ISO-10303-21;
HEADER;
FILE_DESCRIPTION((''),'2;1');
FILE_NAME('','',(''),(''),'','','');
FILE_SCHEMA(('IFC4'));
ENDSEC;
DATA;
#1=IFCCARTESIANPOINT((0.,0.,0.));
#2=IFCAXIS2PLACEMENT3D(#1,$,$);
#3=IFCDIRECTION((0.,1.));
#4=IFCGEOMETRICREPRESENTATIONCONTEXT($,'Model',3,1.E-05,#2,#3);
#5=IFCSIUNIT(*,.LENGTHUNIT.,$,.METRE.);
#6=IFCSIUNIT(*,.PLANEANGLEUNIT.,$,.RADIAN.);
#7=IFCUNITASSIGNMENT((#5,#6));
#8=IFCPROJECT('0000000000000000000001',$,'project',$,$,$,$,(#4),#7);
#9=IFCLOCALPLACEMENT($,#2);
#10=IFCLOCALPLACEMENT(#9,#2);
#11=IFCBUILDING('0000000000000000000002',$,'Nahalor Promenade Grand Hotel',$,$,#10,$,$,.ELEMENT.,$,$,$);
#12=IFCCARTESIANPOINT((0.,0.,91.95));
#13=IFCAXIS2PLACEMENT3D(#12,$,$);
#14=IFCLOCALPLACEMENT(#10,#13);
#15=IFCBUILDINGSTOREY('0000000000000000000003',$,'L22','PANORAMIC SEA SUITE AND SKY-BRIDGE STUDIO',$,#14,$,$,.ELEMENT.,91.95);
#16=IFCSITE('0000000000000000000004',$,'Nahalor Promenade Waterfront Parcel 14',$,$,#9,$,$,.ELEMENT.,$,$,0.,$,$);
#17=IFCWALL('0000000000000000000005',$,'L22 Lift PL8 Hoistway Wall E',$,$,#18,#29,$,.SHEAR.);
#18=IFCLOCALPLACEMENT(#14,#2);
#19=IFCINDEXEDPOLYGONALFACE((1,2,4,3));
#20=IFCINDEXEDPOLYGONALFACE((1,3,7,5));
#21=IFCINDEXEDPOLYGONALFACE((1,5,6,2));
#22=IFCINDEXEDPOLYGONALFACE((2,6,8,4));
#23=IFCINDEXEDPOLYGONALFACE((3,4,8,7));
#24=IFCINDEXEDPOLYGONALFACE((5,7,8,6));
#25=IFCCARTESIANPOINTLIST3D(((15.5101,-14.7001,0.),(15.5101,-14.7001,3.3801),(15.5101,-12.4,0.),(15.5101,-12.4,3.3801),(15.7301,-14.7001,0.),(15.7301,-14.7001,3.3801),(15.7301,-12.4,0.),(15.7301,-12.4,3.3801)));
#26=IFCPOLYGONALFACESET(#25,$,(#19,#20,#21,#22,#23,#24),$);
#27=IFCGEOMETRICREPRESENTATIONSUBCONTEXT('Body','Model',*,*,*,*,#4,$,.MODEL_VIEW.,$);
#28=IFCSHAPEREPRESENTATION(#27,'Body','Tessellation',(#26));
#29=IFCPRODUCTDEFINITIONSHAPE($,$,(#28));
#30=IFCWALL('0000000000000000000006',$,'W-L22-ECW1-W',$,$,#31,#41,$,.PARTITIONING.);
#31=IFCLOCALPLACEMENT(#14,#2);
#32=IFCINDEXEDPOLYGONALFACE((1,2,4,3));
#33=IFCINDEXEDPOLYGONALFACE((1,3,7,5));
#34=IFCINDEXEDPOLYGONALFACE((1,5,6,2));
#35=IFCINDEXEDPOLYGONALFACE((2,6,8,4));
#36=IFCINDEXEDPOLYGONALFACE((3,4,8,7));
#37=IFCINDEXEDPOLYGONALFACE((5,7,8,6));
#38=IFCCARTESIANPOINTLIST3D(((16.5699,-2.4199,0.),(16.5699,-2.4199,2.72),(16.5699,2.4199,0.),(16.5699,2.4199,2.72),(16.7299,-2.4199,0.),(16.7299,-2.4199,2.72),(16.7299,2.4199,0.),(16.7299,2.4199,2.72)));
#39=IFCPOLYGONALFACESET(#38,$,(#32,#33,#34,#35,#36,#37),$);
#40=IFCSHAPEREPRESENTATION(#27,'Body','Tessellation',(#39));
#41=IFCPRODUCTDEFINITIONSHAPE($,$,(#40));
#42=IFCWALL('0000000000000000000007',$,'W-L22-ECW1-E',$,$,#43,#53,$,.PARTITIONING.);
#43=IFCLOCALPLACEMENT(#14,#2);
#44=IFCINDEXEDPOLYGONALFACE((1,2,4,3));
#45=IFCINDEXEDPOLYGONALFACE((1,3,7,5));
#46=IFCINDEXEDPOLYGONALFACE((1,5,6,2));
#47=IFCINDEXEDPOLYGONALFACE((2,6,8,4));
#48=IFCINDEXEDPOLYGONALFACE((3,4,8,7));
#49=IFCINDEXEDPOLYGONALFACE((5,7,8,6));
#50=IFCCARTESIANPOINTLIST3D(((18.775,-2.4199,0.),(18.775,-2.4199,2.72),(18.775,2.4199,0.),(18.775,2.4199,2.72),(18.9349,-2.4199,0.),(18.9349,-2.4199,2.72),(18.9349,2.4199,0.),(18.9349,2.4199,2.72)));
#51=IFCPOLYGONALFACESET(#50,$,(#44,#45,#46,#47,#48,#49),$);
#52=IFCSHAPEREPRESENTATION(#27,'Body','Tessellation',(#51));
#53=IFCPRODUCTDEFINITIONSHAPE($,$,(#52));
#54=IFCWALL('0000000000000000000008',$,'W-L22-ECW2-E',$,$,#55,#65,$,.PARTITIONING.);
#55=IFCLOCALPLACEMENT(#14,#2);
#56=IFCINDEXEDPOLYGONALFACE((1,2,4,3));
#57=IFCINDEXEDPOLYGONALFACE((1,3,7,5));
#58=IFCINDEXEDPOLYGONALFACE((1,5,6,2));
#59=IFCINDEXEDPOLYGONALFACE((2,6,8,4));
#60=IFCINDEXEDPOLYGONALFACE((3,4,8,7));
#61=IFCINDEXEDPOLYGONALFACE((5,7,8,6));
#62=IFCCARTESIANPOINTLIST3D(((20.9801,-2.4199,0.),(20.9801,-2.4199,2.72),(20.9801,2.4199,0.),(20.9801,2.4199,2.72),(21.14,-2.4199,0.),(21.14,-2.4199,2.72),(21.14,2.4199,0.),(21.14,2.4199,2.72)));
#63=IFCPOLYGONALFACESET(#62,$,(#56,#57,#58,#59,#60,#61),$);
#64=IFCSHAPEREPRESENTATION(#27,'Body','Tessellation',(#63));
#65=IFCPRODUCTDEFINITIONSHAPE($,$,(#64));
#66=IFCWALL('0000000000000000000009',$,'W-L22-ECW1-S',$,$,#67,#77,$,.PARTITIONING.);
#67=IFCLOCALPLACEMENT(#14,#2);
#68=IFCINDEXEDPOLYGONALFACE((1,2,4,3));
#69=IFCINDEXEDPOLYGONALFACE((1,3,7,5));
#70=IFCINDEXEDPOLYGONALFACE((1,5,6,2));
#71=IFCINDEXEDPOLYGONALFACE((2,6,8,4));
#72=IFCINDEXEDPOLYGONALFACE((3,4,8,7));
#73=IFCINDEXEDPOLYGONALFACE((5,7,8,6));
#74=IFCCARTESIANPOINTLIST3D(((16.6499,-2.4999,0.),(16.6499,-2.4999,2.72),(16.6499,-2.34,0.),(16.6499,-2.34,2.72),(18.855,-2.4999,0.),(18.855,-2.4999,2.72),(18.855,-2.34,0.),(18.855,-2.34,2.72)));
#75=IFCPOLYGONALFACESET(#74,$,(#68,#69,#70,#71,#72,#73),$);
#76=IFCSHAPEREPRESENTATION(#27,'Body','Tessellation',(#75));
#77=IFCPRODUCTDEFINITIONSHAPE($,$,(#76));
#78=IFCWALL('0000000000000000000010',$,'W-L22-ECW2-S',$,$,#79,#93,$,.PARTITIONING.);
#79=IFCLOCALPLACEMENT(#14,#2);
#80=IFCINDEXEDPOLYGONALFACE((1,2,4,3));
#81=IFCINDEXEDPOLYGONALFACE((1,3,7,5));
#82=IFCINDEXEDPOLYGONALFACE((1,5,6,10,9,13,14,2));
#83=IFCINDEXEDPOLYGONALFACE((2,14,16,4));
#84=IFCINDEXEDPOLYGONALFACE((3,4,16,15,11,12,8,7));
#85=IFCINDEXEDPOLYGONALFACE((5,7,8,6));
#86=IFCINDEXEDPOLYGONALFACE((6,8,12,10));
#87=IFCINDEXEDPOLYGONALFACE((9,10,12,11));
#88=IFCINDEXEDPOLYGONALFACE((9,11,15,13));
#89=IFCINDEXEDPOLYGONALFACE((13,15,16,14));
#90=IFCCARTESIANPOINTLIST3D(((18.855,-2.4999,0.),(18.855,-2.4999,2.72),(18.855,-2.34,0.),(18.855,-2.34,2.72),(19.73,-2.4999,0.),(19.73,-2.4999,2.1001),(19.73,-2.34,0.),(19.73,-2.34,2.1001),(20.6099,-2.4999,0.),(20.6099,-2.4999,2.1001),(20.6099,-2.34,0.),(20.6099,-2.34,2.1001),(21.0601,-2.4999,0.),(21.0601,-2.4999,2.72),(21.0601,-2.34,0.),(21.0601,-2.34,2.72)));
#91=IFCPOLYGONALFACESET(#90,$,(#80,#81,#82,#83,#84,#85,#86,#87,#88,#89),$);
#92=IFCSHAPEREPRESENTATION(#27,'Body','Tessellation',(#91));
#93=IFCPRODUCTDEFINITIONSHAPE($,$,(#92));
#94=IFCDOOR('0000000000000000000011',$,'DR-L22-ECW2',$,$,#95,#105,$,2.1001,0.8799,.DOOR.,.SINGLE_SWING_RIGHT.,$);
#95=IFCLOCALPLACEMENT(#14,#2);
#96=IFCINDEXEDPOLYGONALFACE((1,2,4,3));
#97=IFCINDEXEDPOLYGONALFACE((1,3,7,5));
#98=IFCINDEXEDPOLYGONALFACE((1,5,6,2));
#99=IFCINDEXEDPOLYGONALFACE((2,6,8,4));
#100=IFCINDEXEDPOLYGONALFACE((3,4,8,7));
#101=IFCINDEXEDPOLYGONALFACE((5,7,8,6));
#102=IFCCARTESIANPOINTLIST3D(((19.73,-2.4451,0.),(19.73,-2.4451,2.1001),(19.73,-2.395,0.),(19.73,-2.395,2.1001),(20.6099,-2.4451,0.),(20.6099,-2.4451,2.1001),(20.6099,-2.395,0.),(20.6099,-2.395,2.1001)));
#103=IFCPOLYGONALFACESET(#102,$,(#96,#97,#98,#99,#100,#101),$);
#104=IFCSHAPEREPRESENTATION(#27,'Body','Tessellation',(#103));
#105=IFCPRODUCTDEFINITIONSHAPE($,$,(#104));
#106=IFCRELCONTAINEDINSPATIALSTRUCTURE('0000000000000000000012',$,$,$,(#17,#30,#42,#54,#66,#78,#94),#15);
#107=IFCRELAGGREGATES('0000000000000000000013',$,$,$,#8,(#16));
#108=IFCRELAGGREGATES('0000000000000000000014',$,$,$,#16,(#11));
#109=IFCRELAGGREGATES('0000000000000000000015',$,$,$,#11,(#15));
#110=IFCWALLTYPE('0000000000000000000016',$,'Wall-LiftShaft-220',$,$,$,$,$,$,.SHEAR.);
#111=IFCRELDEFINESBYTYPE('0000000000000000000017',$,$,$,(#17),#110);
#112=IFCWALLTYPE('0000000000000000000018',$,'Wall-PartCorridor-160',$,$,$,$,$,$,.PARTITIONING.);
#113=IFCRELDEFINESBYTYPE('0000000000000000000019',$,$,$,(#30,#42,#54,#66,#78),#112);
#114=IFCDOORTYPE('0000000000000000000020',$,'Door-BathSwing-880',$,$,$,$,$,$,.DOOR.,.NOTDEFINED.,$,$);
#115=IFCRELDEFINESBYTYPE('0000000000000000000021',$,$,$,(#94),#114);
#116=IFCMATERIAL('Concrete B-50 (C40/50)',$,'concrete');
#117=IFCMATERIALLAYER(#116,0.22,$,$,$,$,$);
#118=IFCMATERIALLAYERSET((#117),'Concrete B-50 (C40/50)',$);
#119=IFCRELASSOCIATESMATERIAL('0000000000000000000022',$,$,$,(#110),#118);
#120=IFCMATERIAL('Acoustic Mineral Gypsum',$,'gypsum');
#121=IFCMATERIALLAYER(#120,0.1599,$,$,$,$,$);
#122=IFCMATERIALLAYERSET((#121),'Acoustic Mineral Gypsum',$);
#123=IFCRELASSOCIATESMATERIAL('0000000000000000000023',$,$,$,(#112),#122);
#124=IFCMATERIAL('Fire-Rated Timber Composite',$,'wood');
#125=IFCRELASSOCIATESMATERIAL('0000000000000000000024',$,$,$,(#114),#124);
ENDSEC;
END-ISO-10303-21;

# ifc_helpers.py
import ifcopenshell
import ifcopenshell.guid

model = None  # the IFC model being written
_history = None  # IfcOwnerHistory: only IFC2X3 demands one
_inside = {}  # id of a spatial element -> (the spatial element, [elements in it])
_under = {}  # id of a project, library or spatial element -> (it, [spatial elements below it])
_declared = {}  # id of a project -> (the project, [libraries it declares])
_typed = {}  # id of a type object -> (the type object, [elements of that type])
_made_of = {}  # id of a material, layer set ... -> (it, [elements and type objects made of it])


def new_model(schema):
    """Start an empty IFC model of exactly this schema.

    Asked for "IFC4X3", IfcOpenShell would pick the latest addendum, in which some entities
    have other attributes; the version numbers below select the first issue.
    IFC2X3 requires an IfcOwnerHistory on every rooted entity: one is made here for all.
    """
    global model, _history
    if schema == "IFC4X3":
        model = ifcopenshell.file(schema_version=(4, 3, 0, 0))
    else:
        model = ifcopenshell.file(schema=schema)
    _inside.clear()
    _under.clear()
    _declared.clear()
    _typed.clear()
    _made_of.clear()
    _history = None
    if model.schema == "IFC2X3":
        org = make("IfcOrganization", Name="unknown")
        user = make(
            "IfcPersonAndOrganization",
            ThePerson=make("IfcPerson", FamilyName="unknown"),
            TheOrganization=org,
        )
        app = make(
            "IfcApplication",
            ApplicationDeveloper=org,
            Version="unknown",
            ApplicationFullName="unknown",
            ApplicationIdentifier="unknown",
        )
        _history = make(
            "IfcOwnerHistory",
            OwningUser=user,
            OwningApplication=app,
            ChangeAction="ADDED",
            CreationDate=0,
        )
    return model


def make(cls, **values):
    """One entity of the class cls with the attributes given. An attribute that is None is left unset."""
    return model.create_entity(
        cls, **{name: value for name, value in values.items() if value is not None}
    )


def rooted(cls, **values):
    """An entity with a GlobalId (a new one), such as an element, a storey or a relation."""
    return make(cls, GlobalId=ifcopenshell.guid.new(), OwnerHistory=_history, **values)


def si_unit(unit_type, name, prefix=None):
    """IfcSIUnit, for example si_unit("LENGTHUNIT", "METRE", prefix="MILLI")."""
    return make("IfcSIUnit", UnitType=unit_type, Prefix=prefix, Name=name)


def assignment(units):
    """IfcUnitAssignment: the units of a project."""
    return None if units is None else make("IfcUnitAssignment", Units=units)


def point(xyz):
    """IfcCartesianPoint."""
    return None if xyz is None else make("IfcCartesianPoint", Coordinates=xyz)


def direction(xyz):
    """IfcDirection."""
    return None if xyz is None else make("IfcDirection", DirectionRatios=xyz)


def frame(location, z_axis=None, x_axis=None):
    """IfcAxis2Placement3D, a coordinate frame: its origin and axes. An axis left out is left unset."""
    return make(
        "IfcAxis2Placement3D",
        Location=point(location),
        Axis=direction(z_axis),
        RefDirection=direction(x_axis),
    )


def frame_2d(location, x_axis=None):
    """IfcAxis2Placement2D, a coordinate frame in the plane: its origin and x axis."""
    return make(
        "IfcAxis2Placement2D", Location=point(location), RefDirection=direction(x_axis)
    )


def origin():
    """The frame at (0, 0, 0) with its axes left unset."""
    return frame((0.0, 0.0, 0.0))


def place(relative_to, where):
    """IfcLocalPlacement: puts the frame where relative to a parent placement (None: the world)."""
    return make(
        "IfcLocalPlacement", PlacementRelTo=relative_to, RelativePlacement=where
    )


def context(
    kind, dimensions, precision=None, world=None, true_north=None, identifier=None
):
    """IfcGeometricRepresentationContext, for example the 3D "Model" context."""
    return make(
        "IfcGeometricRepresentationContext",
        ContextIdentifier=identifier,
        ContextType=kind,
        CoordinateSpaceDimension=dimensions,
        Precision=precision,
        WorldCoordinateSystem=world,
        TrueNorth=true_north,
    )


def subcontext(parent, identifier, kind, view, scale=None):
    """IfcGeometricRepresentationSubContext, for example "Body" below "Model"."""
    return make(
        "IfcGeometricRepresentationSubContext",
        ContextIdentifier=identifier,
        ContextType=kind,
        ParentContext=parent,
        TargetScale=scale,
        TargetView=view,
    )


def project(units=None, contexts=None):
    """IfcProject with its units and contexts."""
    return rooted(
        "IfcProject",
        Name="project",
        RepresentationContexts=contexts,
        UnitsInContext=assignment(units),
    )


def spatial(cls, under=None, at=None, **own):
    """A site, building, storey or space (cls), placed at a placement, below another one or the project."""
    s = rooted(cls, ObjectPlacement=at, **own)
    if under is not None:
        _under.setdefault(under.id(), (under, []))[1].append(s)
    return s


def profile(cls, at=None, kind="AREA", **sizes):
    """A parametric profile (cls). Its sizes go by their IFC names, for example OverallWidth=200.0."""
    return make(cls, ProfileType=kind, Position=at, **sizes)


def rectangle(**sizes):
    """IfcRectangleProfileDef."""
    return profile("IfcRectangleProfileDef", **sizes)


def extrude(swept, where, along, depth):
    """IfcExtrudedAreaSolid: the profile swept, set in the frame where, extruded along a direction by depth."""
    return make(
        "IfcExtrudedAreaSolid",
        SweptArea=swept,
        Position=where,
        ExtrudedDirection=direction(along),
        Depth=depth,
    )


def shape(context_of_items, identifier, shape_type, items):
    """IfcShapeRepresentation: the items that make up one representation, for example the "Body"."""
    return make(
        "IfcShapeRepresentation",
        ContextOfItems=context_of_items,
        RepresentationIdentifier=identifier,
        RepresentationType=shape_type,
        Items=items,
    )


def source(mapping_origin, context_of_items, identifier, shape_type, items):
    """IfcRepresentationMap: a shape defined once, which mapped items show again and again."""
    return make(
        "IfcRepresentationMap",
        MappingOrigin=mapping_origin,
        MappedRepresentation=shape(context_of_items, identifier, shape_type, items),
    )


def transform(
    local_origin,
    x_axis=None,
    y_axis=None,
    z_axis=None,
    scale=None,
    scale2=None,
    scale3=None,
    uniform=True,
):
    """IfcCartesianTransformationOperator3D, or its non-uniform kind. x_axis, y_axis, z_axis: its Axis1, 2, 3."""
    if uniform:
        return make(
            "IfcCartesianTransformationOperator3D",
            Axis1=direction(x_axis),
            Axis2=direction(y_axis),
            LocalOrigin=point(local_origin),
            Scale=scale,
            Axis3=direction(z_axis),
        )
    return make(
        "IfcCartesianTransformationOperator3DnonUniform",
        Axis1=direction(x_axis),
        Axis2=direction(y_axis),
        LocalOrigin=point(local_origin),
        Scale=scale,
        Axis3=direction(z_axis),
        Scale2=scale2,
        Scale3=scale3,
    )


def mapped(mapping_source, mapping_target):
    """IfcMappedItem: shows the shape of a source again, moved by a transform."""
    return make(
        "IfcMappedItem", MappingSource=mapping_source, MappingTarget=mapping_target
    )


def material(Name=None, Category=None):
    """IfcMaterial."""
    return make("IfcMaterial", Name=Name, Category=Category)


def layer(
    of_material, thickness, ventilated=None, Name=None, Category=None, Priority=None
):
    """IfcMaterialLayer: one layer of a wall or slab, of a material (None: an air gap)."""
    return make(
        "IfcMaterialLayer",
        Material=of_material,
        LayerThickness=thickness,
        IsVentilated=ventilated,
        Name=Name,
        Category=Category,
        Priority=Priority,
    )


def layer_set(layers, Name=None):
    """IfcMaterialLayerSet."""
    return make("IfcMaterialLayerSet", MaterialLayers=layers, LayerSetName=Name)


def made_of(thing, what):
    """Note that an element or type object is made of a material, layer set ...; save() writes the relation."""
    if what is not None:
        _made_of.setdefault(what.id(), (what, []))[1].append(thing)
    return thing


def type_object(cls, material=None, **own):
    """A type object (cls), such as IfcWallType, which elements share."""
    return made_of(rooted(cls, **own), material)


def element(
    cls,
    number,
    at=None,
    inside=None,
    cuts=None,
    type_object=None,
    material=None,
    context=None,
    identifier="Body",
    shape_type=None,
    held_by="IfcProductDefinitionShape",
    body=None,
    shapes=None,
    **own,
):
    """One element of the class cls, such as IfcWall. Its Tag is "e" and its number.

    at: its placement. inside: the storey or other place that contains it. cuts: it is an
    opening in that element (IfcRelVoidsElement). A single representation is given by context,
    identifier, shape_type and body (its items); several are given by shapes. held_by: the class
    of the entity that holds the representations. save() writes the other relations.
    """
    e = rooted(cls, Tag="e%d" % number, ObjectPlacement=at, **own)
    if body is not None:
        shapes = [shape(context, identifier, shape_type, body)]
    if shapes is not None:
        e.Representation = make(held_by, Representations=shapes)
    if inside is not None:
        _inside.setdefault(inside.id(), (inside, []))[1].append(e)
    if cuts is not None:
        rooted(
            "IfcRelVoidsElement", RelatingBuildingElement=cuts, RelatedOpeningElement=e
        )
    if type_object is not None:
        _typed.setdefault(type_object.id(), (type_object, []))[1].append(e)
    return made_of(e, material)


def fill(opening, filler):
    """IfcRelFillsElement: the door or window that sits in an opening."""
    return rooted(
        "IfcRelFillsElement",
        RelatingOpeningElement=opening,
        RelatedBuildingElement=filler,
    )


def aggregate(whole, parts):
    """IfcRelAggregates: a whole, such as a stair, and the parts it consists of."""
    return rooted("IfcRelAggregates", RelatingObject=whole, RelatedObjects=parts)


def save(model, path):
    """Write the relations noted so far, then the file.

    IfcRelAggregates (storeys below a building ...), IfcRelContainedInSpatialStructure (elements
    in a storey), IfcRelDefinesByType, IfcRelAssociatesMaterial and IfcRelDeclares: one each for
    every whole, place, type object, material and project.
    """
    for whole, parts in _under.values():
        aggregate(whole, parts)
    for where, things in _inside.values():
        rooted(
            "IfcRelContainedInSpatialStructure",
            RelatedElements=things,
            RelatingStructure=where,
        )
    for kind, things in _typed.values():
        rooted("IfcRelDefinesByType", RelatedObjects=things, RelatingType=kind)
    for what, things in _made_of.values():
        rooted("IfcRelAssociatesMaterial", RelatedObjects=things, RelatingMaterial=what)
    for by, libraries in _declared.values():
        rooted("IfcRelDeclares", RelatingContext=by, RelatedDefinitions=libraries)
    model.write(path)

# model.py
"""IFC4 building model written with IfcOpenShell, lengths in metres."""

from ifc_helpers import new_model, si_unit, direction, frame, frame_2d, origin, place, context, subcontext, project, spatial, rectangle, extrude, source, transform, mapped, material, layer, layer_set, type_object, element, fill, save


model = new_model("IFC4")

# Units and contexts
model_context = context("Model", 3, precision=1e-05, world=origin(), true_north=direction((0.0, 1.0)))
body_context = subcontext(model_context, "Body", "Model", "MODEL_VIEW")
ifc_project = project(units=[si_unit("LENGTHUNIT", "METRE"), si_unit("PLANEANGLEUNIT", "RADIAN")], contexts=[model_context])

# Site, building, storey
site_placement = place(None, origin())
site = spatial("IfcSite", under=ifc_project, at=site_placement, Name="Nahalor Promenade Waterfront Parcel 14", CompositionType="ELEMENT", RefElevation=0.0)
building_placement = place(site_placement, origin())
building = spatial("IfcBuilding", under=site, at=building_placement, Name="Nahalor Promenade Grand Hotel", CompositionType="ELEMENT")
storey_placement = place(building_placement, frame((0.0, 0.0, 91.95)))
storey = spatial("IfcBuildingStorey", under=building, at=storey_placement, Name="L22", Description="PANORAMIC SEA SUITE AND SKY-BRIDGE STUDIO", CompositionType="ELEMENT", Elevation=91.95)

# Wall
ifc_material_1 = material(Name="Concrete B-50 (C40/50)", Category="concrete")
ifc_layer_1 = layer(ifc_material_1, 0.22)
ifc_layer_set_1 = layer_set([ifc_layer_1], Name="Concrete B-50 (C40/50)")
wall_type_1 = type_object("IfcWallType", Name="Wall-LiftShaft-220", PredefinedType="SHEAR", material=ifc_layer_set_1)
shared_shape_1 = source(origin(), body_context, "Body", "SweptSolid", [
    extrude(rectangle(XDim=2.3, YDim=0.22, at=frame_2d((1.1499, 0.0))), origin(), (0.0, 0.0, 1.0), 3.3801),
])
wall_1_placement = place(storey_placement, frame((15.6201, -14.7, 0.0), z_axis=(0.0, 0.0, 1.0), x_axis=(0.0, 1.0, 0.0)))
element("IfcWall", 1, at=wall_1_placement, inside=storey, type_object=wall_type_1, Name="L22 Lift PL8 Hoistway Wall E", PredefinedType="SHEAR", context=body_context, shape_type="MappedRepresentation", body=[
    mapped(shared_shape_1, transform((0.0, 0.0, 0.0), scale=1.0)),
])

# Shared definitions
ifc_material_2 = material(Name="Acoustic Mineral Gypsum", Category="gypsum")
ifc_layer_2 = layer(ifc_material_2, 0.1599)
ifc_layer_set_2 = layer_set([ifc_layer_2], Name="Acoustic Mineral Gypsum")
wall_type_2 = type_object("IfcWallType", Name="Wall-PartCorridor-160", PredefinedType="PARTITIONING", material=ifc_layer_set_2)
ifc_material_3 = material(Name="Fire-Rated Timber Composite", Category="wood")

# Walls
shared_shape_2 = source(origin(), body_context, "Body", "SweptSolid", [
    extrude(rectangle(XDim=4.8398, YDim=0.1599, at=frame_2d((2.4199, 0.0))), origin(), (0.0, 0.0, 1.0), 2.72),
])
for number, where, z_axis, x_axis, name in (
    (2, (16.6499, -2.4199, 0.0), (0.0, 0.0, 1.0), (0.0, 1.0, 0.0), "W-L22-ECW1-W"),
    (3, (18.855, -2.4199, 0.0), (0.0, 0.0, 1.0), (0.0, 1.0, 0.0), "W-L22-ECW1-E"),
    (4, (21.0601, -2.4199, 0.0), (0.0, 0.0, 1.0), (0.0, 1.0, 0.0), "W-L22-ECW2-E"),
):
    element("IfcWall", number, at=place(storey_placement, frame(where, z_axis=z_axis, x_axis=x_axis)), inside=storey, type_object=wall_type_2, Name=name, PredefinedType="PARTITIONING", context=body_context, shape_type="MappedRepresentation", body=[
        mapped(shared_shape_2, transform((0.0, 0.0, 0.0), scale=1.0)),
    ])
shared_shape_3 = source(origin(), body_context, "Body", "SweptSolid", [
    extrude(rectangle(XDim=2.2051, YDim=0.1599, at=frame_2d((1.1025, 0.0))), origin(), (0.0, 0.0, 1.0), 2.72),
])
wall_2_placement = place(storey_placement, frame((16.6499, -2.4199, 0.0), z_axis=(0.0, 0.0, 1.0), x_axis=(1.0, 0.0, 0.0)))
element("IfcWall", 5, at=wall_2_placement, inside=storey, type_object=wall_type_2, Name="W-L22-ECW1-S", PredefinedType="PARTITIONING", context=body_context, shape_type="MappedRepresentation", body=[
    mapped(shared_shape_3, transform((0.0, 0.0, 0.0), scale=1.0)),
])

# Wall, opening, door
wall_3_placement = place(storey_placement, frame((18.855, -2.4199, 0.0), z_axis=(0.0, 0.0, 1.0), x_axis=(1.0, 0.0, 0.0)))
wall_3 = element("IfcWall", 6, at=wall_3_placement, inside=storey, type_object=wall_type_2, Name="W-L22-ECW2-S", PredefinedType="PARTITIONING", context=body_context, shape_type="MappedRepresentation", body=[
    mapped(shared_shape_3, transform((0.0, 0.0, 0.0), scale=1.0)),
])
opening_1_placement = place(wall_3_placement, frame((0.875, 0.0, 0.0)))
opening_1 = element("IfcOpeningElement", 7, at=opening_1_placement, cuts=wall_3, PredefinedType="OPENING", context=body_context, shape_type="SweptSolid", body=[
    extrude(rectangle(XDim=0.8799, YDim=2.1001, at=frame_2d((0.4399, 1.05))), frame((0.0, 0.0898, 0.0), z_axis=(0.0, -1.0, 0.0), x_axis=(1.0, 0.0, 0.0)), (0.0, 0.0, 1.0), 0.1799),
])
door_type_1 = type_object("IfcDoorType", Name="Door-BathSwing-880", OperationType="NOTDEFINED", PredefinedType="DOOR", material=ifc_material_3)
shared_shape_4 = source(origin(), body_context, "Body", "SweptSolid", [
    extrude(rectangle(XDim=0.8799, YDim=2.1001, at=frame_2d((0.4399, 1.05))), frame((0.0, 0.0249, 0.0), z_axis=(0.0, -1.0, 0.0), x_axis=(1.0, 0.0, 0.0)), (0.0, 0.0, 1.0), 0.05),
])
door_1_placement = place(opening_1_placement, origin())
door_1 = element("IfcDoor", 8, at=door_1_placement, inside=storey, type_object=door_type_1, Name="DR-L22-ECW2", OperationType="SINGLE_SWING_RIGHT", OverallHeight=2.1001, OverallWidth=0.8799, PredefinedType="DOOR", context=body_context, shape_type="MappedRepresentation", body=[
    mapped(shared_shape_4, transform((0.0, 0.0, 0.0), scale=1.0)),
])
fill(opening_1, door_1)

save(model, "model.ifc")
